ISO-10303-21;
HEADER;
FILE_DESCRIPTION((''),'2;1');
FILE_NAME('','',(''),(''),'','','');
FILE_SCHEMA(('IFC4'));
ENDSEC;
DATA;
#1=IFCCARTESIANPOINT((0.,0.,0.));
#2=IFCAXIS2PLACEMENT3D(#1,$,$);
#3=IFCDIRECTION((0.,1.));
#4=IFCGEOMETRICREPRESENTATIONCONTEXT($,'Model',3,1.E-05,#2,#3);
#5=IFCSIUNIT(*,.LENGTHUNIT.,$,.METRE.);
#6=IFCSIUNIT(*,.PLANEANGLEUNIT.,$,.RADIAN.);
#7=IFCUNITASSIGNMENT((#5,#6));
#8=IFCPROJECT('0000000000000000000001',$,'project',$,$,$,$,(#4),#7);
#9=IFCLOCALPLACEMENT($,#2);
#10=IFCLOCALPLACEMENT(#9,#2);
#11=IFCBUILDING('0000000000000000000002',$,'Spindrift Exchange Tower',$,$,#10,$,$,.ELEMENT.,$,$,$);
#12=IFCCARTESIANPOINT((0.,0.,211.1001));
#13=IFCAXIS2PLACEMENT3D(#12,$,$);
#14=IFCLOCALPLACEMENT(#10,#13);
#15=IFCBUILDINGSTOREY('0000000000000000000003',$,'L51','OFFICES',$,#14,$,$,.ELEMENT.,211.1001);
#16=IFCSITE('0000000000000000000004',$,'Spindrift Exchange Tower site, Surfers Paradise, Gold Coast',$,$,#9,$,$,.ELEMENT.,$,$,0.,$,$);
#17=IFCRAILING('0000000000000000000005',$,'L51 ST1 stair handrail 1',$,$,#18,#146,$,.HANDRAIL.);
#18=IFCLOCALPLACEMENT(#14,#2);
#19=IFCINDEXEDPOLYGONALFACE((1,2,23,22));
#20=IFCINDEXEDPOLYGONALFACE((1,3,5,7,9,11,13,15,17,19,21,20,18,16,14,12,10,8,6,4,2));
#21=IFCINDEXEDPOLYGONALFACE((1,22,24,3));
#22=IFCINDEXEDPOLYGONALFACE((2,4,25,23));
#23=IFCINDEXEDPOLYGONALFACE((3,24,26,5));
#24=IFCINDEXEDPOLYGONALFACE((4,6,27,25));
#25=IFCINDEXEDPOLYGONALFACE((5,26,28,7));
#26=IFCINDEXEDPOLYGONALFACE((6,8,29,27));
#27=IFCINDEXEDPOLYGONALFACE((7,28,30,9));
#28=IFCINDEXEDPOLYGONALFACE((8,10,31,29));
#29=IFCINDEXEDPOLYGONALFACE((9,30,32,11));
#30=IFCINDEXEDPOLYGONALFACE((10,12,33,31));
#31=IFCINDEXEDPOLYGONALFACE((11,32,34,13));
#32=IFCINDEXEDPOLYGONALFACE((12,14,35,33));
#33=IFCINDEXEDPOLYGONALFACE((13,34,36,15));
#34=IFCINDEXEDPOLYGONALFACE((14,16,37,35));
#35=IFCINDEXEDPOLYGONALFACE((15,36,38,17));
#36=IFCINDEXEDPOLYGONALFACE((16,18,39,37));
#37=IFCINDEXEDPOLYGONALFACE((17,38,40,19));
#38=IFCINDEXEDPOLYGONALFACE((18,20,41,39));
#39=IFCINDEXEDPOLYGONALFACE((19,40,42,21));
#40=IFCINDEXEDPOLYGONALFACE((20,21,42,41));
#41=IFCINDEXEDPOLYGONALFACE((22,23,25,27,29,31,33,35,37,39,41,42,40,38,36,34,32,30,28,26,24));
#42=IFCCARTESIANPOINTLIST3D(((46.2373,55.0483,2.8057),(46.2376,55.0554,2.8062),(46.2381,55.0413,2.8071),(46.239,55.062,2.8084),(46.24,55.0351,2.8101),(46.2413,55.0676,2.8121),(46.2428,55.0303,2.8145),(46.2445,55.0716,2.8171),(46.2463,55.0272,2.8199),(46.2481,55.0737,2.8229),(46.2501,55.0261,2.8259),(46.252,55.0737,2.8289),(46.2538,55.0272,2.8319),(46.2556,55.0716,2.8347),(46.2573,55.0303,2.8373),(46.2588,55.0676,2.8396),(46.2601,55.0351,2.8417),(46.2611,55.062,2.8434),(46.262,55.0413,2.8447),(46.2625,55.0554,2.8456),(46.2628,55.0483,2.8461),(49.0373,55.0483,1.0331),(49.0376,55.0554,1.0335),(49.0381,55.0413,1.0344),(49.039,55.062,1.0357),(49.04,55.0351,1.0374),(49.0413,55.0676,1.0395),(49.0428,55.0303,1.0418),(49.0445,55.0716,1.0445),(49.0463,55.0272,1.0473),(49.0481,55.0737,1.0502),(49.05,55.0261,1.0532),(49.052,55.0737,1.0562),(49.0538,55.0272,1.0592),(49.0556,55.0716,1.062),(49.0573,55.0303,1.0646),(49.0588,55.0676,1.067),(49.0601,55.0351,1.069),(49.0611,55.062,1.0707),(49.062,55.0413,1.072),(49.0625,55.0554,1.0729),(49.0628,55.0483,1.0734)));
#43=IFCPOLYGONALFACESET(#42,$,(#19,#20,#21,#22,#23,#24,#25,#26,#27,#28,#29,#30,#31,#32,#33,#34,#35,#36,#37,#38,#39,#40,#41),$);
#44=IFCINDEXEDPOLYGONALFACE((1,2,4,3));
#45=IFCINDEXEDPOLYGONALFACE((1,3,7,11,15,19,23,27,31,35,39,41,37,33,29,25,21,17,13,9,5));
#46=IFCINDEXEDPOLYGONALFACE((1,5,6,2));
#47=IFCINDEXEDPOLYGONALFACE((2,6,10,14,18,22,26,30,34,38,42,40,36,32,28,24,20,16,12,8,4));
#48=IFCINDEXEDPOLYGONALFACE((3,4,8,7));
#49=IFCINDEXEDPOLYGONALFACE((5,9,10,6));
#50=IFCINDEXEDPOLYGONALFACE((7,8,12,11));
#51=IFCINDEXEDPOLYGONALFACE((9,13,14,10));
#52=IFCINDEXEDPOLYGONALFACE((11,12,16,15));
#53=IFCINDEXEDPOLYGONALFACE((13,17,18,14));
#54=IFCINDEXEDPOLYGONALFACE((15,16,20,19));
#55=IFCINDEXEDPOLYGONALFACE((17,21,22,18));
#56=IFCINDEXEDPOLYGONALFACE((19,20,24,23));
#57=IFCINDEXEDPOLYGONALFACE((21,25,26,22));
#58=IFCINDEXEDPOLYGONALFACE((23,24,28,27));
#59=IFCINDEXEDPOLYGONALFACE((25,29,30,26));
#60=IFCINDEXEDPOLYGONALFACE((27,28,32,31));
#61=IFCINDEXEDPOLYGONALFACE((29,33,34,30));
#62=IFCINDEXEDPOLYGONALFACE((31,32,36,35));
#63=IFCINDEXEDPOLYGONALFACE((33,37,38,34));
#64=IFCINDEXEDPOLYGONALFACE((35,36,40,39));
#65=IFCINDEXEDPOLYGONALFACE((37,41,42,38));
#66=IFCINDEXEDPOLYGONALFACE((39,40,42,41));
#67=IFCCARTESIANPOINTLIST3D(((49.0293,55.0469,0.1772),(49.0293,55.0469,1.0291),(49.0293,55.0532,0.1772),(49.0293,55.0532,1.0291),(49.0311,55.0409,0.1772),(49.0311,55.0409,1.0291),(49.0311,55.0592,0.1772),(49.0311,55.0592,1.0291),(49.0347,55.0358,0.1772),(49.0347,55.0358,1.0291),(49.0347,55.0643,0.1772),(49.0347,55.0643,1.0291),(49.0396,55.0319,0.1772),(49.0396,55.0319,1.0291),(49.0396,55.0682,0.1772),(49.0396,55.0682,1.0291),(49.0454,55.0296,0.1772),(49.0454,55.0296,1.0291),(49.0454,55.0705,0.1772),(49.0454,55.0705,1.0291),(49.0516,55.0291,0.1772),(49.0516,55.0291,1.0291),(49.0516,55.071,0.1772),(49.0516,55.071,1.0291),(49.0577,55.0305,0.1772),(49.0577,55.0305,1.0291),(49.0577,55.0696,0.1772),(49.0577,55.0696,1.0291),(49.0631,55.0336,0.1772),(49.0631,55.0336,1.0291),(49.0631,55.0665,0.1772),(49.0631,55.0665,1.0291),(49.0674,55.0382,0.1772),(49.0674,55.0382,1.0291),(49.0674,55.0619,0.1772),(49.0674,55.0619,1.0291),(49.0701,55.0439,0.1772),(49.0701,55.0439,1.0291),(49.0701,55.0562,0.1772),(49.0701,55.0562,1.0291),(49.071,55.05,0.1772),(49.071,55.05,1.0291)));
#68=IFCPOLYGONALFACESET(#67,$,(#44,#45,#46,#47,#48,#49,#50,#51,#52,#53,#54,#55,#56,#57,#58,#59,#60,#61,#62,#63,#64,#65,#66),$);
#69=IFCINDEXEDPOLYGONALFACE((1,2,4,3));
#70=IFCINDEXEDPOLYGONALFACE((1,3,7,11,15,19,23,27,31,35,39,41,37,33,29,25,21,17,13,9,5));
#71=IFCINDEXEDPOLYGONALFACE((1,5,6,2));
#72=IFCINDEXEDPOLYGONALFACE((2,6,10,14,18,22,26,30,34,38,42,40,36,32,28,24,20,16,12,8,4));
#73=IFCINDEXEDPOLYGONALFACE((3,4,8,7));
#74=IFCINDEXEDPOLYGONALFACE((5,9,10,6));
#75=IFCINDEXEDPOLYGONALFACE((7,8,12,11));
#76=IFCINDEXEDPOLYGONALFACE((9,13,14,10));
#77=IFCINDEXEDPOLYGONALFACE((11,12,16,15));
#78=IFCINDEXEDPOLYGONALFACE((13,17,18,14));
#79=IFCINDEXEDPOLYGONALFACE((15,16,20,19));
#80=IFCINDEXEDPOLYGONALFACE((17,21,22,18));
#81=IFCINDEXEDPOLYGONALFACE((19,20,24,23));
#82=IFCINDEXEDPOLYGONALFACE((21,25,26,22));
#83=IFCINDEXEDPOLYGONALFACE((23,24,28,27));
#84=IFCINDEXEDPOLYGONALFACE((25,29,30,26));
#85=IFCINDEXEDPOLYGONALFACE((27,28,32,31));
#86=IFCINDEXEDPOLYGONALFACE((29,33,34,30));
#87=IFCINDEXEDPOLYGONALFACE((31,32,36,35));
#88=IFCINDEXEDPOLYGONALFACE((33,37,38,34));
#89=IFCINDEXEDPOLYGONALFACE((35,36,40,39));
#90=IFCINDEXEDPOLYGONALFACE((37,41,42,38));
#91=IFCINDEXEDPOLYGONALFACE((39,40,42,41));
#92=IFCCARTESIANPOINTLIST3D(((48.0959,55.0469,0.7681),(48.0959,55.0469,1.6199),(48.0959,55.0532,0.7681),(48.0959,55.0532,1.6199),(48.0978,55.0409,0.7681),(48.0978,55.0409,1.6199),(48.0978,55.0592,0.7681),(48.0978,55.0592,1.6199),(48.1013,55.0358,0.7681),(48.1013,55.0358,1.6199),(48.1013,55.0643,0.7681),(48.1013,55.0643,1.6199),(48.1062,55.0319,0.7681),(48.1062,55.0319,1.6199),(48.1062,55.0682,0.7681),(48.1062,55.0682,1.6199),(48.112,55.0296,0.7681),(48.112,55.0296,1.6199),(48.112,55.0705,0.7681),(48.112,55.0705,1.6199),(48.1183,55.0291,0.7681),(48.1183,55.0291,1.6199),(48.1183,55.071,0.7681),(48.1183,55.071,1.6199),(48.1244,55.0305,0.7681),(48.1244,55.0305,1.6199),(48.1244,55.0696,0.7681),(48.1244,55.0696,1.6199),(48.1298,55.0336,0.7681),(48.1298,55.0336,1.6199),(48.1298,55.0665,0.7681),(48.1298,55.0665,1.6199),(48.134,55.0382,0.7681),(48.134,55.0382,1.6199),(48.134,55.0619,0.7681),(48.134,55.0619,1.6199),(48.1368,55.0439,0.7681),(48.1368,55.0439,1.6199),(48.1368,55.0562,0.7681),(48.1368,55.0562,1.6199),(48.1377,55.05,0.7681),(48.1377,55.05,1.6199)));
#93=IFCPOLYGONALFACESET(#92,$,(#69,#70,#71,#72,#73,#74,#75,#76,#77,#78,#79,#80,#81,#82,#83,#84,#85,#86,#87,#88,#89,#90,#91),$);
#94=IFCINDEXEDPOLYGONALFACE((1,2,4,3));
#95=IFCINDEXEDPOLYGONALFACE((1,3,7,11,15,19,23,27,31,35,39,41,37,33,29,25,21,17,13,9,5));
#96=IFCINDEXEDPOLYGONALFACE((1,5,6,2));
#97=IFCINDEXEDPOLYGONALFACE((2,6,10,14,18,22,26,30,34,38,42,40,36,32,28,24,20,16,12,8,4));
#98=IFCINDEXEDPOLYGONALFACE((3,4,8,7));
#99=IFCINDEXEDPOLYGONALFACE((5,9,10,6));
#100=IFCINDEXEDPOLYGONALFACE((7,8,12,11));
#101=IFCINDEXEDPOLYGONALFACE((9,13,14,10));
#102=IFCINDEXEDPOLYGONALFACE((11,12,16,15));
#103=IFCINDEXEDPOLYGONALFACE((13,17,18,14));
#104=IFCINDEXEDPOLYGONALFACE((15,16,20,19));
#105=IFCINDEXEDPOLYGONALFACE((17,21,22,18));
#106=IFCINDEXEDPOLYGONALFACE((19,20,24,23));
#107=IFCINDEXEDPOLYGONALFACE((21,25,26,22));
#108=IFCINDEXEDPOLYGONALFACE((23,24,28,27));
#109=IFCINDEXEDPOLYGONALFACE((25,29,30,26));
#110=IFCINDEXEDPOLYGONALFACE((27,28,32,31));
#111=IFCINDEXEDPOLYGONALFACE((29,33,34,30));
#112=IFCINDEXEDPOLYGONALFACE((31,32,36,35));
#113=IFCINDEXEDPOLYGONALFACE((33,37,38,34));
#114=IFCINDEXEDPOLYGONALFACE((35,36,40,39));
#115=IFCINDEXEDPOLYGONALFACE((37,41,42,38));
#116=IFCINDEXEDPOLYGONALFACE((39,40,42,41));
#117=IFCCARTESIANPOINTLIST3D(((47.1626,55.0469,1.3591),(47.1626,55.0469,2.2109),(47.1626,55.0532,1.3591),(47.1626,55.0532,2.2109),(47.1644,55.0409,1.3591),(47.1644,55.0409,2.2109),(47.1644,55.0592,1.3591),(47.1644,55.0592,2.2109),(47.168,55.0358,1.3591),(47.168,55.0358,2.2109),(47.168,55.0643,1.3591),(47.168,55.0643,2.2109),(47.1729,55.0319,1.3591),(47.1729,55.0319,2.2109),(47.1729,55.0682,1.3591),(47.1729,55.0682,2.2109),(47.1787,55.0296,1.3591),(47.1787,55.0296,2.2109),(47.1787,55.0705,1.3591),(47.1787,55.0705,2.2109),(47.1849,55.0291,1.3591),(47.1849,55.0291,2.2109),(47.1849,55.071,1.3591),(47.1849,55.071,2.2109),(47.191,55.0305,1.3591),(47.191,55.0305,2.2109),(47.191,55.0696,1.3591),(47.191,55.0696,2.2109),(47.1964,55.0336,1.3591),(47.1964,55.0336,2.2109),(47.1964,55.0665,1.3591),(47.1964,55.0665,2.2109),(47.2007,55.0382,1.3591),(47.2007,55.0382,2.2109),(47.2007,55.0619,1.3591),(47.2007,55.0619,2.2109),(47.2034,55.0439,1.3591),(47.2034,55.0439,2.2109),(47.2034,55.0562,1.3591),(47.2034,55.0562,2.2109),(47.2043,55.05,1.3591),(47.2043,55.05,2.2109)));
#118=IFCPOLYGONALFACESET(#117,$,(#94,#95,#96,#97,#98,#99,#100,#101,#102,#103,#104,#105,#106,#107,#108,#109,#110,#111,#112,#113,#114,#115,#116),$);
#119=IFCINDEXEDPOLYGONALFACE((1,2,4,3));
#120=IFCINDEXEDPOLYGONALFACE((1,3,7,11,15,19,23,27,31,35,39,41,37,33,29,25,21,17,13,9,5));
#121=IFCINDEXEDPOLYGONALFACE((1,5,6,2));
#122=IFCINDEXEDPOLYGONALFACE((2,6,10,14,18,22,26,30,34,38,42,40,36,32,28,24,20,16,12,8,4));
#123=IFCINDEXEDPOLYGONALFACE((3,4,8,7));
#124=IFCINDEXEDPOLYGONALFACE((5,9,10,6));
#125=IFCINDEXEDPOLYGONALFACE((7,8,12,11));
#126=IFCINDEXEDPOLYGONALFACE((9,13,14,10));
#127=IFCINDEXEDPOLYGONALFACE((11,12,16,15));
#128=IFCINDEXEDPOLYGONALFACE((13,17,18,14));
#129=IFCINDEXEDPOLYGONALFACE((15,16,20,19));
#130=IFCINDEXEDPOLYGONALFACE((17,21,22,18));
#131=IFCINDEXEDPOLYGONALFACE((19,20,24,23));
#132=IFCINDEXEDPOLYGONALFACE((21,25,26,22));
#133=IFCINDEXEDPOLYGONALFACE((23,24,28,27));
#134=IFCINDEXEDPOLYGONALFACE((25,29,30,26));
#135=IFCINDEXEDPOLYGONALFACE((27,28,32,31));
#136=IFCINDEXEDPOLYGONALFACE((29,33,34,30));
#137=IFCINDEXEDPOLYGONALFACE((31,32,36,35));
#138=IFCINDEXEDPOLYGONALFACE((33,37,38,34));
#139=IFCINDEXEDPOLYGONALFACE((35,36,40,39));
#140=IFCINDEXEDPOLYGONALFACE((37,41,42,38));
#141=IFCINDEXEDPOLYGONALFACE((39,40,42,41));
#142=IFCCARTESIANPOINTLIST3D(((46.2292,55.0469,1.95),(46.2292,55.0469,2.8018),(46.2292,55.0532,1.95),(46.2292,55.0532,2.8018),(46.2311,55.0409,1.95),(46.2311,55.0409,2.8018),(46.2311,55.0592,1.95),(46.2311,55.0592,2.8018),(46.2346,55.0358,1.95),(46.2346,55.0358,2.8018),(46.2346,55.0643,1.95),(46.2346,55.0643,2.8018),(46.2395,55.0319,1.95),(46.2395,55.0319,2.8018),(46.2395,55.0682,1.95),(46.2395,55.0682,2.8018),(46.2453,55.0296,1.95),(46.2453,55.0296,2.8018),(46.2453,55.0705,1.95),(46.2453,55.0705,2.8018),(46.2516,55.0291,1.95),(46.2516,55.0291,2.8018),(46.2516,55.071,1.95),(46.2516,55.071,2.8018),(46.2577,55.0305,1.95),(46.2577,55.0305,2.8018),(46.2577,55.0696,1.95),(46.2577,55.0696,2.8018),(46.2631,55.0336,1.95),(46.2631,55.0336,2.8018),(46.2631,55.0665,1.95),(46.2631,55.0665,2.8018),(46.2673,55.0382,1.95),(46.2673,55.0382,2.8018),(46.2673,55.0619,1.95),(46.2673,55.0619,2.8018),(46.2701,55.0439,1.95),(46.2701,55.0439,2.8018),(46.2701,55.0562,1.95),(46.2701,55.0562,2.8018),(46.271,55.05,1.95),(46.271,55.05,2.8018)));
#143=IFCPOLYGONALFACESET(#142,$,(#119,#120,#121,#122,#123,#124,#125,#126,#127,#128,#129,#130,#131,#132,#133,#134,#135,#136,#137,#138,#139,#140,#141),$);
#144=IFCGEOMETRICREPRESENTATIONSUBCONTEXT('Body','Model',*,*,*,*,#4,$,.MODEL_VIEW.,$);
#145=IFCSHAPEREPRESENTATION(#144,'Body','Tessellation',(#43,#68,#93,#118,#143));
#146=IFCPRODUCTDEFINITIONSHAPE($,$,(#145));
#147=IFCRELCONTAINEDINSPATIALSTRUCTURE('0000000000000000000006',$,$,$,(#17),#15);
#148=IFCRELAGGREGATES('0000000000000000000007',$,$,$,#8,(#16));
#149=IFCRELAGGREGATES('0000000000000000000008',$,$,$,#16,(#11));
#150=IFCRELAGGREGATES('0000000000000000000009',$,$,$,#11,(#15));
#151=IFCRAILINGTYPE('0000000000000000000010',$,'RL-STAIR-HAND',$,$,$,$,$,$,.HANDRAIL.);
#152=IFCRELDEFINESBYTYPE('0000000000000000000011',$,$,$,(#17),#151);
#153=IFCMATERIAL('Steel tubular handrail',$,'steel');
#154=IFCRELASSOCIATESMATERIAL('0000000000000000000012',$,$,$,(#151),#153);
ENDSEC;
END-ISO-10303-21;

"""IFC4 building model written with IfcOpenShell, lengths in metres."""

from ifc_helpers import new_model, si_unit, direction, frame, origin, origin_2d, place, context, subcontext, project, spatial, circle, extrude, material, type_object, element, save


model = new_model("IFC4")

# Units and contexts
model_context = context("Model", 3, precision=1e-05, world=origin(), true_north=direction((0.0, 1.0)))
body_context = subcontext(model_context, "Body", "Model", "MODEL_VIEW")
ifc_project = project(units=[si_unit("LENGTHUNIT", "METRE"), si_unit("PLANEANGLEUNIT", "RADIAN")], contexts=[model_context])

# Site, building, storey
site_placement = place(None, origin())
site = spatial("IfcSite", under=ifc_project, at=site_placement, Name="Spindrift Exchange Tower site, Surfers Paradise, Gold Coast", CompositionType="ELEMENT", RefElevation=0.0)
building_placement = place(site_placement, origin())
building = spatial("IfcBuilding", under=site, at=building_placement, Name="Spindrift Exchange Tower", CompositionType="ELEMENT")
storey_placement = place(building_placement, frame((0.0, 0.0, 211.1001)))
storey = spatial("IfcBuildingStorey", under=building, at=storey_placement, Name="L51", Description="OFFICES", CompositionType="ELEMENT", Elevation=211.1001)

# Railing
ifc_material_1 = material(Name="Steel tubular handrail", Category="steel")
railing_type_1 = type_object("IfcRailingType", Name="RL-STAIR-HAND", PredefinedType="HANDRAIL", material=ifc_material_1)
railing_1_placement = place(storey_placement, frame((49.05, 55.05, 0.1772)))
element("IfcRailing", 1, at=railing_1_placement, inside=storey, type_object=railing_type_1, Name="L51 ST1 stair handrail 1", PredefinedType="HANDRAIL", context=body_context, shape_type="SweptSolid", body=[
    extrude(circle(Radius=0.0239, at=origin_2d()), frame((0.0, 0.0, 0.876), z_axis=(-0.844909, 0.0, 0.53491), x_axis=(0.0, -1.0, 0.0)), (0.0, 0.0, 1.0), 3.314),
    extrude(circle(Radius=0.021, at=origin_2d()), origin(), (0.0, 0.0, 1.0), 0.8518),
    extrude(circle(Radius=0.021, at=origin_2d()), frame((-0.9333, 0.0, 0.5908)), (0.0, 0.0, 1.0), 0.8518),
    extrude(circle(Radius=0.021, at=origin_2d()), frame((-1.8667, 0.0, 1.1819)), (0.0, 0.0, 1.0), 0.8518),
    extrude(circle(Radius=0.021, at=origin_2d()), frame((-2.8, 0.0, 1.7727)), (0.0, 0.0, 1.0), 0.8518),
])

save(model, "model.ifc")
